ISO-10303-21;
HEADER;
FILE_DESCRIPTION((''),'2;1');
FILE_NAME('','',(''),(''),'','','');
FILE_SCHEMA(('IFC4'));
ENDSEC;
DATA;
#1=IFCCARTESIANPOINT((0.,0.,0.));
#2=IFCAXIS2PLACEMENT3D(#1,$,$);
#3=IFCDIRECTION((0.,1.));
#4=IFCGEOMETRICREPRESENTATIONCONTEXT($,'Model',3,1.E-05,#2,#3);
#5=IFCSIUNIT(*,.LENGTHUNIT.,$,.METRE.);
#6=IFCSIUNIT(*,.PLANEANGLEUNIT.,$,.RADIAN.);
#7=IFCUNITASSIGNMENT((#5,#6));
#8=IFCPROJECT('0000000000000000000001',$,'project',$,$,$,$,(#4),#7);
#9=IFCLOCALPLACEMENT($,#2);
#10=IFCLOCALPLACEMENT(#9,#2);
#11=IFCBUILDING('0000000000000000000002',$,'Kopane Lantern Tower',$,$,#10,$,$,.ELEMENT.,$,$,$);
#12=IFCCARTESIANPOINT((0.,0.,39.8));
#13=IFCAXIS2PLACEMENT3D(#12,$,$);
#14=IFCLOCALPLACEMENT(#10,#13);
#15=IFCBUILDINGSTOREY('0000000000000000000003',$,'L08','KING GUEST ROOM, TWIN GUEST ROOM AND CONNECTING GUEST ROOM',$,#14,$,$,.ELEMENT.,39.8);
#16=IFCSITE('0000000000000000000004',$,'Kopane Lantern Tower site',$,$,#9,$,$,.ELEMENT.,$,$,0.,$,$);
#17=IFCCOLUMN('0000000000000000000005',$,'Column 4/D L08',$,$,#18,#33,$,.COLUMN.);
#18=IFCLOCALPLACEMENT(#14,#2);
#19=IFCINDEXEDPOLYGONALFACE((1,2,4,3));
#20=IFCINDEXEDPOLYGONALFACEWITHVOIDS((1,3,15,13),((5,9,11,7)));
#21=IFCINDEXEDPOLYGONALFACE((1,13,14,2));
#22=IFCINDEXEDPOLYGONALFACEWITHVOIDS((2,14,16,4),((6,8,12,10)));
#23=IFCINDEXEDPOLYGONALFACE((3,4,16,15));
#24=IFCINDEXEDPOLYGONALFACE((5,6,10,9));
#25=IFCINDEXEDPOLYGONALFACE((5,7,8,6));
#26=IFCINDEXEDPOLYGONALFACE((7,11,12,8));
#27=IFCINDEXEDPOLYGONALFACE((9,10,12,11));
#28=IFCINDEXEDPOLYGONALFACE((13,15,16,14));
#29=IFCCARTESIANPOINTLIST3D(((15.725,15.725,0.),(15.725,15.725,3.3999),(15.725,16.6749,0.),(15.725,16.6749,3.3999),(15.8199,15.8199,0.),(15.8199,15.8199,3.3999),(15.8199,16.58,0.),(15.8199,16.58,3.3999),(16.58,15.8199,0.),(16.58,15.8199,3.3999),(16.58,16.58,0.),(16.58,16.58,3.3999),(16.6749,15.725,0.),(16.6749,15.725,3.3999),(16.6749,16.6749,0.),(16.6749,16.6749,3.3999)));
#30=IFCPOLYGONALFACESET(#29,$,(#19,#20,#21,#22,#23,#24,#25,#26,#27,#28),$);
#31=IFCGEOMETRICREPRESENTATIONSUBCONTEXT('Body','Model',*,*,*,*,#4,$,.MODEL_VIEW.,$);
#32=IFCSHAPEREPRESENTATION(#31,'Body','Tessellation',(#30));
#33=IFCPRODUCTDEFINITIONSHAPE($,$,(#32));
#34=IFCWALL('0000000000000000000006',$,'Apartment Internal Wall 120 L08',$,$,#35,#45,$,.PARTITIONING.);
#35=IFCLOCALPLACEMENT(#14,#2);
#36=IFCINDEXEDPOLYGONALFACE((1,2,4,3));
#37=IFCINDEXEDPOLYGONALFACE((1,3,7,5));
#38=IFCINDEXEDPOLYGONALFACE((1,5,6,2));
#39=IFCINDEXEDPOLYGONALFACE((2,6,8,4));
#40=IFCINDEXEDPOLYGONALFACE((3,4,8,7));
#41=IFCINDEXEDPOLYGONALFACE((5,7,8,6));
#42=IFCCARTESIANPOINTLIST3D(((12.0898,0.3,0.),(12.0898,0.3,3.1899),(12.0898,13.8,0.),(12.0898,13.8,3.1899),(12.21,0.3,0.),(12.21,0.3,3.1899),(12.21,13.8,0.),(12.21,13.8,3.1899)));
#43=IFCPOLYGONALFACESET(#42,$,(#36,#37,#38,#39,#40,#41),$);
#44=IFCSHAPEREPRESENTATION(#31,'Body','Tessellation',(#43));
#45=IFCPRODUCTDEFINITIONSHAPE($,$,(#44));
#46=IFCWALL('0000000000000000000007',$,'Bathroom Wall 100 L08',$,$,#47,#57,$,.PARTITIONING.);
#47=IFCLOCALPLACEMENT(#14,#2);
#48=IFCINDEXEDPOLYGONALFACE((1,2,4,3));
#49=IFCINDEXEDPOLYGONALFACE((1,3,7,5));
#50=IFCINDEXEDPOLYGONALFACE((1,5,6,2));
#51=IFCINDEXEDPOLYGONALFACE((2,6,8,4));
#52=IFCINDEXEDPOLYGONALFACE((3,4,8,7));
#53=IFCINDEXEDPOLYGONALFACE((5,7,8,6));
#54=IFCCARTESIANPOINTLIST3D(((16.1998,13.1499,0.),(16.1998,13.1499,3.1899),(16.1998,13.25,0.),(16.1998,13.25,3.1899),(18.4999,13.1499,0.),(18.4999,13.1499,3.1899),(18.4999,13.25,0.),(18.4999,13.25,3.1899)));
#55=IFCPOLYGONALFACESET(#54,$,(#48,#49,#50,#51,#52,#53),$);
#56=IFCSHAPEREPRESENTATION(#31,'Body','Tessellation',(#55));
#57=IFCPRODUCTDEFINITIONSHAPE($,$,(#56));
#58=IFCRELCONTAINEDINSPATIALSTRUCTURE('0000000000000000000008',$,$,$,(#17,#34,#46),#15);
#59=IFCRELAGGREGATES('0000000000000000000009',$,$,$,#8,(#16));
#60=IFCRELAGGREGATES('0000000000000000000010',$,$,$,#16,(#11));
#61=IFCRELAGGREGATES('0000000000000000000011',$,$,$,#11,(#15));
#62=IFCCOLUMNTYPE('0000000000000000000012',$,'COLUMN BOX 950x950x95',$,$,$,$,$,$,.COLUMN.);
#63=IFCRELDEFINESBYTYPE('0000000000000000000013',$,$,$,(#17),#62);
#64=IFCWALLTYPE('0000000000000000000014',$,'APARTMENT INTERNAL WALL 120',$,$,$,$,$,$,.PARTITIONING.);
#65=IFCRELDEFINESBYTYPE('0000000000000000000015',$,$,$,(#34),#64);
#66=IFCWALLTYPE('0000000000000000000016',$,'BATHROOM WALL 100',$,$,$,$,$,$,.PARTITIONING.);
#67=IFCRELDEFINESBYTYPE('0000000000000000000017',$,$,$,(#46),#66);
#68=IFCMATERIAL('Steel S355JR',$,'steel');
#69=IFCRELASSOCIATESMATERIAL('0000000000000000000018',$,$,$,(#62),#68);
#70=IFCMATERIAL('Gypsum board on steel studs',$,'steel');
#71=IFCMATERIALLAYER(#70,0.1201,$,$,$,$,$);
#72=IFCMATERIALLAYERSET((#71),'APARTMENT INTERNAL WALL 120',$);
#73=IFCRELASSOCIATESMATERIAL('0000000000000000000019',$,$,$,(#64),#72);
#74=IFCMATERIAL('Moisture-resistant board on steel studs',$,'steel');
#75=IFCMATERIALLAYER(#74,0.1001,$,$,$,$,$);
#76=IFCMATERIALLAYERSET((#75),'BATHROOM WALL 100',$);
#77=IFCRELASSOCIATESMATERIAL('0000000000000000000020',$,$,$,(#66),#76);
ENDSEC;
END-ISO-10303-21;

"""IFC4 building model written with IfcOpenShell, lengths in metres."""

from ifc_helpers import new_model, si_unit, direction, frame, frame_2d, origin, origin_2d, place, context, subcontext, project, spatial, rectangle, hollow_rectangle, extrude, material, layer, layer_set, material_profile, profile_set, type_object, element, save


model = new_model("IFC4")

# Units and contexts
model_context = context("Model", 3, precision=1e-05, world=origin(), true_north=direction((0.0, 1.0)))
body_context = subcontext(model_context, "Body", "Model", "MODEL_VIEW")
ifc_project = project(units=[si_unit("LENGTHUNIT", "METRE"), si_unit("PLANEANGLEUNIT", "RADIAN")], contexts=[model_context])

# Site, building, storey
site_placement = place(None, origin())
site = spatial("IfcSite", under=ifc_project, at=site_placement, Name="Kopane Lantern Tower site", CompositionType="ELEMENT", RefElevation=0.0)
building_placement = place(site_placement, origin())
building = spatial("IfcBuilding", under=site, at=building_placement, Name="Kopane Lantern Tower", CompositionType="ELEMENT")
storey_placement = place(building_placement, frame((0.0, 0.0, 39.8)))
storey = spatial("IfcBuildingStorey", under=building, at=storey_placement, Name="L08", Description="KING GUEST ROOM, TWIN GUEST ROOM AND CONNECTING GUEST ROOM", CompositionType="ELEMENT", Elevation=39.8)

# Column
ifc_material_1 = material(Name="Steel S355JR", Category="steel")
ifc_material_profile = material_profile(ifc_material_1, hollow_rectangle(XDim=0.95, YDim=0.95, WallThickness=0.095, at=origin_2d()), Name="BOX 950x950x95")
ifc_profile_set = profile_set([ifc_material_profile], Name="Steel S355JR")
column_type = type_object("IfcColumnType", Name="COLUMN BOX 950x950x95", PredefinedType="COLUMN", material=ifc_profile_set)
column_placement = place(storey_placement, frame((16.2, 16.2, 0.0), z_axis=(0.0, 0.0, 1.0), x_axis=(1.0, 0.0, 0.0)))
element("IfcColumn", 1, at=column_placement, inside=storey, type_object=column_type, Name="Column 4/D L08", PredefinedType="COLUMN", context=body_context, shape_type="SweptSolid", body=[
    extrude(hollow_rectangle(XDim=0.95, YDim=0.95, WallThickness=0.095, at=origin_2d()), origin(), (0.0, 0.0, 1.0), 3.3999),
])

# Walls
ifc_material_2 = material(Name="Gypsum board on steel studs", Category="steel")
ifc_layer_1 = layer(ifc_material_2, 0.1201)
ifc_layer_set_1 = layer_set([ifc_layer_1], Name="APARTMENT INTERNAL WALL 120")
wall_type_1 = type_object("IfcWallType", Name="APARTMENT INTERNAL WALL 120", PredefinedType="PARTITIONING", material=ifc_layer_set_1)
wall_1_placement = place(storey_placement, frame((12.1499, 13.8, 0.0), z_axis=(0.0, 0.0, 1.0), x_axis=(0.0, -1.0, 0.0)))
element("IfcWall", 2, at=wall_1_placement, inside=storey, type_object=wall_type_1, Name="Apartment Internal Wall 120 L08", PredefinedType="PARTITIONING", context=body_context, shape_type="SweptSolid", body=[
    extrude(rectangle(XDim=13.5, YDim=0.1201, at=frame_2d((6.75, 0.0))), origin(), (0.0, 0.0, 1.0), 3.1899),
])
ifc_material_3 = material(Name="Moisture-resistant board on steel studs", Category="steel")
ifc_layer_2 = layer(ifc_material_3, 0.1001)
ifc_layer_set_2 = layer_set([ifc_layer_2], Name="BATHROOM WALL 100")
wall_type_2 = type_object("IfcWallType", Name="BATHROOM WALL 100", PredefinedType="PARTITIONING", material=ifc_layer_set_2)
wall_2_placement = place(storey_placement, frame((16.2, 13.2, 0.0), z_axis=(0.0, 0.0, 1.0), x_axis=(1.0, 0.0, 0.0)))
element("IfcWall", 3, at=wall_2_placement, inside=storey, type_object=wall_type_2, Name="Bathroom Wall 100 L08", PredefinedType="PARTITIONING", context=body_context, shape_type="SweptSolid", body=[
    extrude(rectangle(XDim=2.3, YDim=0.1001, at=frame_2d((1.1499, 0.0))), origin(), (0.0, 0.0, 1.0), 3.1899),
])

save(model, "model.ifc")
